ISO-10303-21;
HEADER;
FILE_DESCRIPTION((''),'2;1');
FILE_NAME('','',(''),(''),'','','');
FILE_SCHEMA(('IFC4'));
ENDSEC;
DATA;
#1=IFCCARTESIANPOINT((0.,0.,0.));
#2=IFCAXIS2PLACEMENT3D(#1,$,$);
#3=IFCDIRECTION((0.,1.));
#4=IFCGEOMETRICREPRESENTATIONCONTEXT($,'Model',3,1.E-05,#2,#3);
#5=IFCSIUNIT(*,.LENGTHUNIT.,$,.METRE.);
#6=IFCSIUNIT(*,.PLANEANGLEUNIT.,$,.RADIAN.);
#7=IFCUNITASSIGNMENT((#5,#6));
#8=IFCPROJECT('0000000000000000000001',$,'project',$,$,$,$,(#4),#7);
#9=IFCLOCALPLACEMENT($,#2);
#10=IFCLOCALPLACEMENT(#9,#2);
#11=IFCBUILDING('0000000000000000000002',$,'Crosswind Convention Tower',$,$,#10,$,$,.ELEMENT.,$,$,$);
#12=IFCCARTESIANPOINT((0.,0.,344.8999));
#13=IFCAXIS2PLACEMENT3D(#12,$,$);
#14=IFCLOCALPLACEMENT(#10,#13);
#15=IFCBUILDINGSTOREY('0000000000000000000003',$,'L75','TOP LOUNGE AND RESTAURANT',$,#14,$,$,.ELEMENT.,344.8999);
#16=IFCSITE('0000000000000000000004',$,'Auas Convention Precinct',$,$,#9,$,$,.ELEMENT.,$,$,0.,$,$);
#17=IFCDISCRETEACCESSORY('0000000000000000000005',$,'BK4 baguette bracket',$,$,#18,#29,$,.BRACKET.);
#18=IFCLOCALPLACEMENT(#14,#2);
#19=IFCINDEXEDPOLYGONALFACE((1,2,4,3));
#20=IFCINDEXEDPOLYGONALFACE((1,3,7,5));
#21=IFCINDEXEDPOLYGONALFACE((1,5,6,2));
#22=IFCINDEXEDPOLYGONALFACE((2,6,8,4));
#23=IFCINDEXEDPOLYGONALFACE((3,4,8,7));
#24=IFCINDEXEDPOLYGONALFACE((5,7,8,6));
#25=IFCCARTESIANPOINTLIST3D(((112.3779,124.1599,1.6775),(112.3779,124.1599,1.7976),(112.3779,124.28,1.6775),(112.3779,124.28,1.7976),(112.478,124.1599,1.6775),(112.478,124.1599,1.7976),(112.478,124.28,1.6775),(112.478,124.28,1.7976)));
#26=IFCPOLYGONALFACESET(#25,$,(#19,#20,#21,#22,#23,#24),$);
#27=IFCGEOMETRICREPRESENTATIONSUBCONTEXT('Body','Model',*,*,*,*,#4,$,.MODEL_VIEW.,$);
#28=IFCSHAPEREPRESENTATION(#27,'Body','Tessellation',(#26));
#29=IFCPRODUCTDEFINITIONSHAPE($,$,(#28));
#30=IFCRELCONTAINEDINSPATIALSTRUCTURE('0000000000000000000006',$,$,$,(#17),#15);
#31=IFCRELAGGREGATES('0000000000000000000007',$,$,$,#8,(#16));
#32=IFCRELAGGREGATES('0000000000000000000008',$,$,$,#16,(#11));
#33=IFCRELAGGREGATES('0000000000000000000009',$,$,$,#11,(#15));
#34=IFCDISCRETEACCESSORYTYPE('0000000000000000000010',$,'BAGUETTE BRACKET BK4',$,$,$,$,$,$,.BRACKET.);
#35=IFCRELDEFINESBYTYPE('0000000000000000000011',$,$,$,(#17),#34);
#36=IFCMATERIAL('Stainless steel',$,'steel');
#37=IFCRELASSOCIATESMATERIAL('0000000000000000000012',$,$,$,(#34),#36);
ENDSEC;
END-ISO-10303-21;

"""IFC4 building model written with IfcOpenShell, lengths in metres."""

from ifc_helpers import new_model, si_unit, direction, frame, origin, origin_2d, place, context, subcontext, project, spatial, rectangle, extrude, material, type_object, element, save


model = new_model("IFC4")

# Units and contexts
model_context = context("Model", 3, precision=1e-05, world=origin(), true_north=direction((0.0, 1.0)))
body_context = subcontext(model_context, "Body", "Model", "MODEL_VIEW")
ifc_project = project(units=[si_unit("LENGTHUNIT", "METRE"), si_unit("PLANEANGLEUNIT", "RADIAN")], contexts=[model_context])

# Site, building, storey
site_placement = place(None, origin())
site = spatial("IfcSite", under=ifc_project, at=site_placement, Name="Auas Convention Precinct", CompositionType="ELEMENT", RefElevation=0.0)
building_placement = place(site_placement, origin())
building = spatial("IfcBuilding", under=site, at=building_placement, Name="Crosswind Convention Tower", CompositionType="ELEMENT")
storey_placement = place(building_placement, frame((0.0, 0.0, 344.8999)))
storey = spatial("IfcBuildingStorey", under=building, at=storey_placement, Name="L75", Description="TOP LOUNGE AND RESTAURANT", CompositionType="ELEMENT", Elevation=344.8999)

# Discrete accessory
ifc_material_1 = material(Name="Stainless steel", Category="steel")
discrete_accessory_type = type_object("IfcDiscreteAccessoryType", Name="BAGUETTE BRACKET BK4", PredefinedType="BRACKET", material=ifc_material_1)
discrete_accessory_placement = place(storey_placement, frame((112.428, 124.22, 1.6775), z_axis=(0.0, 0.0, 1.0), x_axis=(0.0, -1.0, 0.0)))
element("IfcDiscreteAccessory", 1, at=discrete_accessory_placement, inside=storey, type_object=discrete_accessory_type, Name="BK4 baguette bracket", PredefinedType="BRACKET", context=body_context, shape_type="SweptSolid", body=[
    extrude(rectangle(XDim=0.1201, YDim=0.1001, at=origin_2d()), origin(), (0.0, 0.0, 1.0), 0.1201),
])

save(model, "model.ifc")
